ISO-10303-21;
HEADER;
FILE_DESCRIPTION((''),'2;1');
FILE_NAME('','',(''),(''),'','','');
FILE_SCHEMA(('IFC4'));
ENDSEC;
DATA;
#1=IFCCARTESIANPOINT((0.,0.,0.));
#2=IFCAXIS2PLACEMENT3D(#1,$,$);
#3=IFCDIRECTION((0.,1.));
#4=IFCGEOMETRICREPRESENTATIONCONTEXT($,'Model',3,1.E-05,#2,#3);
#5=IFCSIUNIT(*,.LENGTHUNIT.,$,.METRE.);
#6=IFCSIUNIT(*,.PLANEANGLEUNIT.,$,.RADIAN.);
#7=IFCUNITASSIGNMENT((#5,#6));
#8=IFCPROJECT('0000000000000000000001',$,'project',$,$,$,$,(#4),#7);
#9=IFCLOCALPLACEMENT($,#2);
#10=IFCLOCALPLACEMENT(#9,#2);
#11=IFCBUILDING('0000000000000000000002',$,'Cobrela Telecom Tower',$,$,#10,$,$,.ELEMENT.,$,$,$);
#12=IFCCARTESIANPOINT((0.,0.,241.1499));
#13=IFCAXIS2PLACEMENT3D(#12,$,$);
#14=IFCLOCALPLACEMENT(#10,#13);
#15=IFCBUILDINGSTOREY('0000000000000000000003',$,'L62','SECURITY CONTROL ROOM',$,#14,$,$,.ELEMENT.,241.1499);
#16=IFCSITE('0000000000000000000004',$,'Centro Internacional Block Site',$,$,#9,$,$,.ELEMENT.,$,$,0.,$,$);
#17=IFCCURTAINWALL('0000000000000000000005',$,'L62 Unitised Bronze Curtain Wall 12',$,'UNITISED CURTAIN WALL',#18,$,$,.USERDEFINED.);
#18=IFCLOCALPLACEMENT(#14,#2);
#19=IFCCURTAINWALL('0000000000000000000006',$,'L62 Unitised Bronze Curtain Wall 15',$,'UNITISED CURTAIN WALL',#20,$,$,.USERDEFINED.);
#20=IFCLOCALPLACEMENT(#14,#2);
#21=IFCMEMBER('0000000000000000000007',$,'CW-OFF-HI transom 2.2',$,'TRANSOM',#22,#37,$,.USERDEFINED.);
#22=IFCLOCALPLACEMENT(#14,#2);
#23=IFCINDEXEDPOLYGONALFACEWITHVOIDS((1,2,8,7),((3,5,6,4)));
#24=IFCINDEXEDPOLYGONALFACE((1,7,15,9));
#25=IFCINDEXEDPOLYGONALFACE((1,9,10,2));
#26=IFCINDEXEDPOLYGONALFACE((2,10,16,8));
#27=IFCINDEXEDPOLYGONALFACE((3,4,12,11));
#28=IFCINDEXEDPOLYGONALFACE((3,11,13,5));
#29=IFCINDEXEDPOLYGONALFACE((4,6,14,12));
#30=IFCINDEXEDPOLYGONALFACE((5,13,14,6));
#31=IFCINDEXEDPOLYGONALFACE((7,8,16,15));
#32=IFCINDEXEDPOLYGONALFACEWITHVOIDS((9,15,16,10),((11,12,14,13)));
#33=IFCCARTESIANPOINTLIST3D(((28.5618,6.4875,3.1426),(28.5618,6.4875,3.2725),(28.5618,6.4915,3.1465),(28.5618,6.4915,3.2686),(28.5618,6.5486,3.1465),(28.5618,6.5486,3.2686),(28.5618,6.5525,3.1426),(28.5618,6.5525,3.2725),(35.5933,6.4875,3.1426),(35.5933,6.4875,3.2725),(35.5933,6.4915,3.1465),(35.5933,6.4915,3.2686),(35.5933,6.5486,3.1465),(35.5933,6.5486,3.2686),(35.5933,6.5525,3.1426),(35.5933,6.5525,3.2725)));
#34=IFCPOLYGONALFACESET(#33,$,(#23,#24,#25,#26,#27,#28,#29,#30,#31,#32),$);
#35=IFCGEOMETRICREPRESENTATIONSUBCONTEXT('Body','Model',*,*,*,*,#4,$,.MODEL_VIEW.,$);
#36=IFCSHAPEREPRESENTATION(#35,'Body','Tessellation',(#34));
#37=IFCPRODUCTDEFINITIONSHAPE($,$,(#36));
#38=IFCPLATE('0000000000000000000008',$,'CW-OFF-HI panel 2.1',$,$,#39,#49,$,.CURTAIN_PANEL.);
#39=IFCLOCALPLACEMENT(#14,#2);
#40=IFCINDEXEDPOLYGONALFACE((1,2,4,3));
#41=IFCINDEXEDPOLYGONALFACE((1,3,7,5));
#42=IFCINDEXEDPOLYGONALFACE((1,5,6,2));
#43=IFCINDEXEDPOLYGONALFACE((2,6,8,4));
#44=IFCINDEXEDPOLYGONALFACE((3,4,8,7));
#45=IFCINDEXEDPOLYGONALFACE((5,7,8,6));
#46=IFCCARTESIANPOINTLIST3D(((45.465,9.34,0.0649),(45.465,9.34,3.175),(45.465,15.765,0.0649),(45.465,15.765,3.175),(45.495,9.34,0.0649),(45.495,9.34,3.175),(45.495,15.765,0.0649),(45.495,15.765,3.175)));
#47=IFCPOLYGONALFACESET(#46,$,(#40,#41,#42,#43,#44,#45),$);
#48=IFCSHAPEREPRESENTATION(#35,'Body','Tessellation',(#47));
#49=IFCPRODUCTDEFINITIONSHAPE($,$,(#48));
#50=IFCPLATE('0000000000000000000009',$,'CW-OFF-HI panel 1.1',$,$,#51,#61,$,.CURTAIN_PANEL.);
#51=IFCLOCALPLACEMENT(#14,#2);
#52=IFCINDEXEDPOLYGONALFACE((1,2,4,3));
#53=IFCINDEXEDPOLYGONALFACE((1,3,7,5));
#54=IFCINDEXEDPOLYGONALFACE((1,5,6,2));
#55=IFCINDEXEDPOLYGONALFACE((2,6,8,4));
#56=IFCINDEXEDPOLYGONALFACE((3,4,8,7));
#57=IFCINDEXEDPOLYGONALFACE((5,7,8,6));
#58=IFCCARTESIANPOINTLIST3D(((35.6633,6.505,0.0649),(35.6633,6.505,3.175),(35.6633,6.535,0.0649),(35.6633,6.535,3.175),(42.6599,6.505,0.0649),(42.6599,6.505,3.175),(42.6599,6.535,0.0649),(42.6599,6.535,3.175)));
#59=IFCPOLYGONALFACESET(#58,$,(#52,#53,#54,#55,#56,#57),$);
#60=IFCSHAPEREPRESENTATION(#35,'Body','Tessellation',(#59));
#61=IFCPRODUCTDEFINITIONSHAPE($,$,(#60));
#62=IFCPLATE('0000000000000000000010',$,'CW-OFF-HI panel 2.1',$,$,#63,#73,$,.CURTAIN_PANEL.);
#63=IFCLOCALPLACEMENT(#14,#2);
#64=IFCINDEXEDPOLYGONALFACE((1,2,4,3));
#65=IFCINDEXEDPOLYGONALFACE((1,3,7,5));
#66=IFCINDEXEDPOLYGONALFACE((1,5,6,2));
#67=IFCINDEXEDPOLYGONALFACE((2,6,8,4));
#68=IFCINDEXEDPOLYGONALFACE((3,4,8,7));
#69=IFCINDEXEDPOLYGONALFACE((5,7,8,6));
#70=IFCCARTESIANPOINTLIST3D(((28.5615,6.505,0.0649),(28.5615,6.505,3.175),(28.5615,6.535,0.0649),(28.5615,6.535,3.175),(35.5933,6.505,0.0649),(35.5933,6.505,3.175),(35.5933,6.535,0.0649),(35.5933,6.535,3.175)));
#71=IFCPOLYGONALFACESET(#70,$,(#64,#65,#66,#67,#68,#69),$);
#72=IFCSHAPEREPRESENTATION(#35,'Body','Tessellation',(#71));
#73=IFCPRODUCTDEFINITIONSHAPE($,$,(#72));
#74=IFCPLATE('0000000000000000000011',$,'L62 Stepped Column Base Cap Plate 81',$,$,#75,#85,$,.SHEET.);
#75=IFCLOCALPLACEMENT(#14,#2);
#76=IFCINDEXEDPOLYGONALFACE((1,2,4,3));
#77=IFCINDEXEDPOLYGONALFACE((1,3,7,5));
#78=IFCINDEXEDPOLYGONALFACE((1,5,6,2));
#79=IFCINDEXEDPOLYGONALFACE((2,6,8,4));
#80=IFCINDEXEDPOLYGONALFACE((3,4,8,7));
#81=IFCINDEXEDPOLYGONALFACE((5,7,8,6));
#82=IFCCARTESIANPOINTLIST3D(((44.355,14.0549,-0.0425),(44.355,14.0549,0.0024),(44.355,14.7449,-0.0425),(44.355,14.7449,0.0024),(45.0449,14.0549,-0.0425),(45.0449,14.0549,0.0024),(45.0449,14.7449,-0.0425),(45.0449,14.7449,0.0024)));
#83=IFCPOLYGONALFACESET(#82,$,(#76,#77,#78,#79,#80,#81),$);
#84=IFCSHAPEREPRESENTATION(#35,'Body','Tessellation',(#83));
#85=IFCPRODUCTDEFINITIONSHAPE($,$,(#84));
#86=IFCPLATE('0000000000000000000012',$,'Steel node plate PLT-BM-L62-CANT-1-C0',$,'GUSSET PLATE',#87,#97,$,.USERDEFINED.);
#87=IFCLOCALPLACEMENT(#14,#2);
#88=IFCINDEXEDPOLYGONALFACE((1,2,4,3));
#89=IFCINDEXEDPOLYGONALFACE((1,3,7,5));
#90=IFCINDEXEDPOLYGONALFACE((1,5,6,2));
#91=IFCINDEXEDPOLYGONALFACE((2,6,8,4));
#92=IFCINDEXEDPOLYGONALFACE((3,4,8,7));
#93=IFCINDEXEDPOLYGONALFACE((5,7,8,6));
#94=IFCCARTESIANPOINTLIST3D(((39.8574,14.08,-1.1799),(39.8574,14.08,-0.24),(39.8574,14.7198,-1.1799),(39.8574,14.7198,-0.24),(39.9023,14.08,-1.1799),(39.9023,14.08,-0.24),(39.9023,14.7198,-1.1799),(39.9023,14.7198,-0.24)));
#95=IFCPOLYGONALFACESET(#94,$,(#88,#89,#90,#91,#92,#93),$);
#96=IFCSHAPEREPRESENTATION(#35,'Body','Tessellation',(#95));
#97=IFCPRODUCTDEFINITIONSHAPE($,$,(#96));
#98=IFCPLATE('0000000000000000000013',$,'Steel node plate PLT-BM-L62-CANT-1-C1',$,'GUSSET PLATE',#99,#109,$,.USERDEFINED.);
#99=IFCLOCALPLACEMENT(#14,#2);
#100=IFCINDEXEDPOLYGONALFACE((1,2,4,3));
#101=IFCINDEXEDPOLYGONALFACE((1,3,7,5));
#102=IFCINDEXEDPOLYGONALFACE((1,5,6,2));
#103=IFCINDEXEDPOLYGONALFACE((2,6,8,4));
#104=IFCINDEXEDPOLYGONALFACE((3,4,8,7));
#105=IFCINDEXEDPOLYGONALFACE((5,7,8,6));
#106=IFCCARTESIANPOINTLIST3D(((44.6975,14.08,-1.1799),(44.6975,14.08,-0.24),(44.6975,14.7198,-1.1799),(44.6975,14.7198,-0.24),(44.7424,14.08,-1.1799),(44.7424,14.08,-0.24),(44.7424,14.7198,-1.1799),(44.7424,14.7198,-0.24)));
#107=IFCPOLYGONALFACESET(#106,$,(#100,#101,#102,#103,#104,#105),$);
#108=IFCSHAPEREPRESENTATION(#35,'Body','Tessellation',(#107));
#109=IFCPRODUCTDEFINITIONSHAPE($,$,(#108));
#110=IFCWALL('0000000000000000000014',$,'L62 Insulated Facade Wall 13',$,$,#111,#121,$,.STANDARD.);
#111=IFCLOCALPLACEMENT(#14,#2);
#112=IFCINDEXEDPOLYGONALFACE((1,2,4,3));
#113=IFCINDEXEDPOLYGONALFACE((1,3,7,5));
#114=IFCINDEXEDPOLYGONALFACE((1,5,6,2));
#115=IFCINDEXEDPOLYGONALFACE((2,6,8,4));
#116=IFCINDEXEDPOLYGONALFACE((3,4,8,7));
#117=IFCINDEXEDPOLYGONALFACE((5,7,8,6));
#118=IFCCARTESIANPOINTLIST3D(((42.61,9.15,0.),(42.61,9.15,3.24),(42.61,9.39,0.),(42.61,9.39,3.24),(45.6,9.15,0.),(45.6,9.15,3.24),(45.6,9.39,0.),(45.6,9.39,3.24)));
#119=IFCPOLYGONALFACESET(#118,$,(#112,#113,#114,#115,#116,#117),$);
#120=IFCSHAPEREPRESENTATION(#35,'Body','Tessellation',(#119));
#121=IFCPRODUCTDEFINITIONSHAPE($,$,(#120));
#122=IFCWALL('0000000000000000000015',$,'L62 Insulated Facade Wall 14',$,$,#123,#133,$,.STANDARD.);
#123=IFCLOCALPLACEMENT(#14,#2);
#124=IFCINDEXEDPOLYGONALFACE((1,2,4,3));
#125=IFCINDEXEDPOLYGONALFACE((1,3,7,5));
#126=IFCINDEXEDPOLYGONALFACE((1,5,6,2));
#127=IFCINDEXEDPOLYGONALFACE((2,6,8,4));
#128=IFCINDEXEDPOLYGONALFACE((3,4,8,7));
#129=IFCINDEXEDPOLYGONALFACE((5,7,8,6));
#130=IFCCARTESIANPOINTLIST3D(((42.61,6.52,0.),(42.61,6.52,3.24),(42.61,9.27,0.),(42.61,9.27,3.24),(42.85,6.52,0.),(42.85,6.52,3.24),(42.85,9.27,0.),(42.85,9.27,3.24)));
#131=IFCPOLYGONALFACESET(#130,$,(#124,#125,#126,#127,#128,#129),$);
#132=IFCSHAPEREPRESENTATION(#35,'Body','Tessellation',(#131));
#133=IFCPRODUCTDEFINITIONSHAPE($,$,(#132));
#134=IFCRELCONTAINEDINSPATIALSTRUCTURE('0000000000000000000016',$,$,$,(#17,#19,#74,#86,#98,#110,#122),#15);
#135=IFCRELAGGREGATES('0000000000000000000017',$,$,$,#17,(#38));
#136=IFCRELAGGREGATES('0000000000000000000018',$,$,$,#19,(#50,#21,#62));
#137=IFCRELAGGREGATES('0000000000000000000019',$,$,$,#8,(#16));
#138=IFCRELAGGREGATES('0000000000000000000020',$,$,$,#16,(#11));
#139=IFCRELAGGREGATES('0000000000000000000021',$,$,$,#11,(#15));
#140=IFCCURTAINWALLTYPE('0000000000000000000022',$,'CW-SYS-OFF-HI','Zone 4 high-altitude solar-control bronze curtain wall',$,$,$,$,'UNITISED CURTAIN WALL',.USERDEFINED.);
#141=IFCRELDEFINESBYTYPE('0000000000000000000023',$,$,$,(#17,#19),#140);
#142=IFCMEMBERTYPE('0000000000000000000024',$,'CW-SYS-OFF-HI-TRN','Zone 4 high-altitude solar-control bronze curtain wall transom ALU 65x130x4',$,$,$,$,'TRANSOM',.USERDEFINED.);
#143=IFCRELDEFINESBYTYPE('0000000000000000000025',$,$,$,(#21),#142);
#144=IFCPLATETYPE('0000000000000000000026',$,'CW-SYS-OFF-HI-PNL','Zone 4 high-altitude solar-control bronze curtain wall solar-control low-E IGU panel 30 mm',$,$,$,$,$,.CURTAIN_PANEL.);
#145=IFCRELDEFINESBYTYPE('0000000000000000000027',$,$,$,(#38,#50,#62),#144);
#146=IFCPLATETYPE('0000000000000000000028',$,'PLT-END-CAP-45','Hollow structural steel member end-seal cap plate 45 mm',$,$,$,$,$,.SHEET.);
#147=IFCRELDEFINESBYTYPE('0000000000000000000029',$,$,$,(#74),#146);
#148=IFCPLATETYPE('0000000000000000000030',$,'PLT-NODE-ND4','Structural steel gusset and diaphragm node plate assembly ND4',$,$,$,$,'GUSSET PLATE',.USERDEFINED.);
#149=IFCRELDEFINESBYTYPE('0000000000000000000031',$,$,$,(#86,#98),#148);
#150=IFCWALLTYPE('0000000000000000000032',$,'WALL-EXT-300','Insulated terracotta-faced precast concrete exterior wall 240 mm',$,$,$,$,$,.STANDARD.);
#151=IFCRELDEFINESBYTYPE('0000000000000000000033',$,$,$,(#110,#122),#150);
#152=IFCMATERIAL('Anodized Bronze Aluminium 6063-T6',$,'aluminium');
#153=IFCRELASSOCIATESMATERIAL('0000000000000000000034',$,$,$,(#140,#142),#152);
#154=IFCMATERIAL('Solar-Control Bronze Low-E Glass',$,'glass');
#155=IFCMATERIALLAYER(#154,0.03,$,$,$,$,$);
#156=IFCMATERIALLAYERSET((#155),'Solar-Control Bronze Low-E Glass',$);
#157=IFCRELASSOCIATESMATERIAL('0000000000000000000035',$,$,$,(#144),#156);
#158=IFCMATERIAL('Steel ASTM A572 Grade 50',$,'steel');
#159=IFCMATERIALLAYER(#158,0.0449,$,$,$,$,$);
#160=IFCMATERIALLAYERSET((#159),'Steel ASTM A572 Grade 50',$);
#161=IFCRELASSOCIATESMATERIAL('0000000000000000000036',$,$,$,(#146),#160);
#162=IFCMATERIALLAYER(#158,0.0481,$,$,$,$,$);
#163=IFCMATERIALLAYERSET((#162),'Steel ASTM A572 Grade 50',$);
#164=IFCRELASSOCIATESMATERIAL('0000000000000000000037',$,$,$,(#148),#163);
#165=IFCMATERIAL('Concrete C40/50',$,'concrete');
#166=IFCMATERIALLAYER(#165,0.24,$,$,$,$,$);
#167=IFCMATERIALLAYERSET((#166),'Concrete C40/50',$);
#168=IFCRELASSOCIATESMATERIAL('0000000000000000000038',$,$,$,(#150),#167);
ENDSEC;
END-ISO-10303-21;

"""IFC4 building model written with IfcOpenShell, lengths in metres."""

from ifc_helpers import new_model, si_unit, direction, frame, frame_2d, origin, origin_2d, place, context, subcontext, project, spatial, rectangle, hollow_rectangle, extrude, material, layer, layer_set, material_profile, profile_set, type_object, element, aggregate, save


model = new_model("IFC4")

# Units and contexts
model_context = context("Model", 3, precision=1e-05, world=origin(), true_north=direction((0.0, 1.0)))
body_context = subcontext(model_context, "Body", "Model", "MODEL_VIEW")
ifc_project = project(units=[si_unit("LENGTHUNIT", "METRE"), si_unit("PLANEANGLEUNIT", "RADIAN")], contexts=[model_context])

# Site, building, storey
site_placement = place(None, origin())
site = spatial("IfcSite", under=ifc_project, at=site_placement, Name="Centro Internacional Block Site", CompositionType="ELEMENT", RefElevation=0.0)
building_placement = place(site_placement, origin())
building = spatial("IfcBuilding", under=site, at=building_placement, Name="Cobrela Telecom Tower", CompositionType="ELEMENT")
storey_placement = place(building_placement, frame((0.0, 0.0, 241.1499)))
storey = spatial("IfcBuildingStorey", under=building, at=storey_placement, Name="L62", Description="SECURITY CONTROL ROOM", CompositionType="ELEMENT", Elevation=241.1499)

# Shared definitions
ifc_material_1 = material(Name="Steel ASTM A572 Grade 50", Category="steel")

# Curtain wall
ifc_material_2 = material(Name="Anodized Bronze Aluminium 6063-T6", Category="aluminium")
curtain_wall_type = type_object("IfcCurtainWallType", Name="CW-SYS-OFF-HI", Description="Zone 4 high-altitude solar-control bronze curtain wall", ElementType="UNITISED CURTAIN WALL", PredefinedType="USERDEFINED", material=ifc_material_2)
curtain_wall_1_placement = place(storey_placement, origin())
curtain_wall_1 = element("IfcCurtainWall", 1, at=curtain_wall_1_placement, inside=storey, type_object=curtain_wall_type, Name="L62 Unitised Bronze Curtain Wall 12", ObjectType="UNITISED CURTAIN WALL", PredefinedType="USERDEFINED")

# Curtain wall, member
curtain_wall_2_placement = place(storey_placement, origin())
curtain_wall_2 = element("IfcCurtainWall", 2, at=curtain_wall_2_placement, inside=storey, type_object=curtain_wall_type, Name="L62 Unitised Bronze Curtain Wall 15", ObjectType="UNITISED CURTAIN WALL", PredefinedType="USERDEFINED")
ifc_material_profile_1 = material_profile(ifc_material_2, hollow_rectangle(XDim=0.0649, YDim=0.1299, WallThickness=0.0039, at=origin_2d()), Name="ALU 65x130x4")
ifc_profile_set_1 = profile_set([ifc_material_profile_1], Name="Anodized Bronze Aluminium 6063-T6")
member_type_1 = type_object("IfcMemberType", Name="CW-SYS-OFF-HI-TRN", Description="Zone 4 high-altitude solar-control bronze curtain wall transom ALU 65x130x4", ElementType="TRANSOM", PredefinedType="USERDEFINED", material=ifc_profile_set_1)
member_1_placement = place(storey_placement, frame((35.5933, 6.52, 3.2075), z_axis=(-1.0, 0.0, 0.0), x_axis=(0.0, -1.0, 0.0)))
member_1 = element("IfcMember", 3, at=member_1_placement, type_object=member_type_1, Name="CW-OFF-HI transom 2.2", ObjectType="TRANSOM", PredefinedType="USERDEFINED", context=body_context, shape_type="SweptSolid", body=[
    extrude(hollow_rectangle(XDim=0.0649, YDim=0.1299, WallThickness=0.0039, at=origin_2d()), origin(), (0.0, 0.0, 1.0), 7.0315),
])

# Plates
ifc_material_3 = material(Name="Solar-Control Bronze Low-E Glass", Category="glass")
ifc_layer_1 = layer(ifc_material_3, 0.03)
ifc_layer_set_1 = layer_set([ifc_layer_1], Name="Solar-Control Bronze Low-E Glass")
plate_type_1 = type_object("IfcPlateType", Name="CW-SYS-OFF-HI-PNL", Description="Zone 4 high-altitude solar-control bronze curtain wall solar-control low-E IGU panel 30 mm", PredefinedType="CURTAIN_PANEL", material=ifc_layer_set_1)
plate_1_placement = place(storey_placement, frame((45.48, 12.5525, 0.0649), z_axis=(0.0, 0.0, 1.0), x_axis=(0.0, -1.0, 0.0)))
plate_1 = element("IfcPlate", 4, at=plate_1_placement, type_object=plate_type_1, Name="CW-OFF-HI panel 2.1", PredefinedType="CURTAIN_PANEL", context=body_context, shape_type="SweptSolid", body=[
    extrude(rectangle(XDim=6.425, YDim=0.03, at=origin_2d()), origin(), (0.0, 0.0, 1.0), 3.1101),
])
aggregate(curtain_wall_1, [plate_1])
plate_2_placement = place(storey_placement, frame((39.1616, 6.52, 0.0649), z_axis=(0.0, 0.0, 1.0), x_axis=(-1.0, 0.0, 0.0)))
plate_2 = element("IfcPlate", 5, at=plate_2_placement, type_object=plate_type_1, Name="CW-OFF-HI panel 1.1", PredefinedType="CURTAIN_PANEL", context=body_context, shape_type="SweptSolid", body=[
    extrude(rectangle(XDim=6.9966, YDim=0.03, at=origin_2d()), origin(), (0.0, 0.0, 1.0), 3.1101),
])
plate_3_placement = place(storey_placement, frame((32.0774, 6.52, 0.0649), z_axis=(0.0, 0.0, 1.0), x_axis=(-1.0, 0.0, 0.0)))
plate_3 = element("IfcPlate", 6, at=plate_3_placement, type_object=plate_type_1, Name="CW-OFF-HI panel 2.1", PredefinedType="CURTAIN_PANEL", context=body_context, shape_type="SweptSolid", body=[
    extrude(rectangle(XDim=7.0317, YDim=0.03, at=origin_2d()), origin(), (0.0, 0.0, 1.0), 3.1101),
])
aggregate(curtain_wall_2, [plate_2, member_1, plate_3])

# Plates
ifc_layer_2 = layer(ifc_material_1, 0.0449)
ifc_layer_set_2 = layer_set([ifc_layer_2], Name="Steel ASTM A572 Grade 50")
plate_type_2 = type_object("IfcPlateType", Name="PLT-END-CAP-45", Description="Hollow structural steel member end-seal cap plate 45 mm", PredefinedType="SHEET", material=ifc_layer_set_2)
plate_4_placement = place(storey_placement, frame((44.7, 14.3999, -0.0425), z_axis=(0.0, 0.0, 1.0), x_axis=(1.0, 0.0, 0.0)))
element("IfcPlate", 7, at=plate_4_placement, inside=storey, type_object=plate_type_2, Name="L62 Stepped Column Base Cap Plate 81", PredefinedType="SHEET", context=body_context, shape_type="SweptSolid", body=[
    extrude(rectangle(XDim=0.6899, YDim=0.6899, at=origin_2d()), origin(), (0.0, 0.0, 1.0), 0.0449),
])
ifc_layer_3 = layer(ifc_material_1, 0.0481)
ifc_layer_set_3 = layer_set([ifc_layer_3], Name="Steel ASTM A572 Grade 50")
plate_type_3 = type_object("IfcPlateType", Name="PLT-NODE-ND4", Description="Structural steel gusset and diaphragm node plate assembly ND4", ElementType="GUSSET PLATE", PredefinedType="USERDEFINED", material=ifc_layer_set_3)
for number, where, z_axis, x_axis, name in (
    (8, (39.8799, 14.3999, -1.1799), (0.0, 0.0, 1.0), (1.0, 0.0, 0.0), "Steel node plate PLT-BM-L62-CANT-1-C0"),
    (9, (44.72, 14.3999, -1.1799), (0.0, 0.0, 1.0), (1.0, 0.0, 0.0), "Steel node plate PLT-BM-L62-CANT-1-C1"),
):
    element("IfcPlate", number, at=place(storey_placement, frame(where, z_axis=z_axis, x_axis=x_axis)), inside=storey, type_object=plate_type_3, Name=name, ObjectType="GUSSET PLATE", PredefinedType="USERDEFINED", context=body_context, shape_type="SweptSolid", body=[
        extrude(rectangle(XDim=0.0449, YDim=0.6399, at=origin_2d()), origin(), (0.0, 0.0, 1.0), 0.9399),
    ])

# Walls
ifc_material_4 = material(Name="Concrete C40/50", Category="concrete")
ifc_layer_4 = layer(ifc_material_4, 0.24)
ifc_layer_set_4 = layer_set([ifc_layer_4], Name="Concrete C40/50")
wall_type = type_object("IfcWallType", Name="WALL-EXT-300", Description="Insulated terracotta-faced precast concrete exterior wall 240 mm", PredefinedType="STANDARD", material=ifc_layer_set_4)
wall_1_placement = place(storey_placement, frame((45.6001, 9.27, 0.0), z_axis=(0.0, 0.0, 1.0), x_axis=(-1.0, 0.0, 0.0)))
element("IfcWall", 10, at=wall_1_placement, inside=storey, type_object=wall_type, Name="L62 Insulated Facade Wall 13", PredefinedType="STANDARD", context=body_context, shape_type="SweptSolid", body=[
    extrude(rectangle(XDim=2.99, YDim=0.24, at=frame_2d((1.4951, 0.0))), origin(), (0.0, 0.0, 1.0), 3.24),
])
wall_2_placement = place(storey_placement, frame((42.73, 9.27, 0.0), z_axis=(0.0, 0.0, 1.0), x_axis=(0.0, -1.0, 0.0)))
element("IfcWall", 11, at=wall_2_placement, inside=storey, type_object=wall_type, Name="L62 Insulated Facade Wall 14", PredefinedType="STANDARD", context=body_context, shape_type="SweptSolid", body=[
    extrude(rectangle(XDim=2.75, YDim=0.24, at=frame_2d((1.375, 0.0))), origin(), (0.0, 0.0, 1.0), 3.24),
])

save(model, "model.ifc")
